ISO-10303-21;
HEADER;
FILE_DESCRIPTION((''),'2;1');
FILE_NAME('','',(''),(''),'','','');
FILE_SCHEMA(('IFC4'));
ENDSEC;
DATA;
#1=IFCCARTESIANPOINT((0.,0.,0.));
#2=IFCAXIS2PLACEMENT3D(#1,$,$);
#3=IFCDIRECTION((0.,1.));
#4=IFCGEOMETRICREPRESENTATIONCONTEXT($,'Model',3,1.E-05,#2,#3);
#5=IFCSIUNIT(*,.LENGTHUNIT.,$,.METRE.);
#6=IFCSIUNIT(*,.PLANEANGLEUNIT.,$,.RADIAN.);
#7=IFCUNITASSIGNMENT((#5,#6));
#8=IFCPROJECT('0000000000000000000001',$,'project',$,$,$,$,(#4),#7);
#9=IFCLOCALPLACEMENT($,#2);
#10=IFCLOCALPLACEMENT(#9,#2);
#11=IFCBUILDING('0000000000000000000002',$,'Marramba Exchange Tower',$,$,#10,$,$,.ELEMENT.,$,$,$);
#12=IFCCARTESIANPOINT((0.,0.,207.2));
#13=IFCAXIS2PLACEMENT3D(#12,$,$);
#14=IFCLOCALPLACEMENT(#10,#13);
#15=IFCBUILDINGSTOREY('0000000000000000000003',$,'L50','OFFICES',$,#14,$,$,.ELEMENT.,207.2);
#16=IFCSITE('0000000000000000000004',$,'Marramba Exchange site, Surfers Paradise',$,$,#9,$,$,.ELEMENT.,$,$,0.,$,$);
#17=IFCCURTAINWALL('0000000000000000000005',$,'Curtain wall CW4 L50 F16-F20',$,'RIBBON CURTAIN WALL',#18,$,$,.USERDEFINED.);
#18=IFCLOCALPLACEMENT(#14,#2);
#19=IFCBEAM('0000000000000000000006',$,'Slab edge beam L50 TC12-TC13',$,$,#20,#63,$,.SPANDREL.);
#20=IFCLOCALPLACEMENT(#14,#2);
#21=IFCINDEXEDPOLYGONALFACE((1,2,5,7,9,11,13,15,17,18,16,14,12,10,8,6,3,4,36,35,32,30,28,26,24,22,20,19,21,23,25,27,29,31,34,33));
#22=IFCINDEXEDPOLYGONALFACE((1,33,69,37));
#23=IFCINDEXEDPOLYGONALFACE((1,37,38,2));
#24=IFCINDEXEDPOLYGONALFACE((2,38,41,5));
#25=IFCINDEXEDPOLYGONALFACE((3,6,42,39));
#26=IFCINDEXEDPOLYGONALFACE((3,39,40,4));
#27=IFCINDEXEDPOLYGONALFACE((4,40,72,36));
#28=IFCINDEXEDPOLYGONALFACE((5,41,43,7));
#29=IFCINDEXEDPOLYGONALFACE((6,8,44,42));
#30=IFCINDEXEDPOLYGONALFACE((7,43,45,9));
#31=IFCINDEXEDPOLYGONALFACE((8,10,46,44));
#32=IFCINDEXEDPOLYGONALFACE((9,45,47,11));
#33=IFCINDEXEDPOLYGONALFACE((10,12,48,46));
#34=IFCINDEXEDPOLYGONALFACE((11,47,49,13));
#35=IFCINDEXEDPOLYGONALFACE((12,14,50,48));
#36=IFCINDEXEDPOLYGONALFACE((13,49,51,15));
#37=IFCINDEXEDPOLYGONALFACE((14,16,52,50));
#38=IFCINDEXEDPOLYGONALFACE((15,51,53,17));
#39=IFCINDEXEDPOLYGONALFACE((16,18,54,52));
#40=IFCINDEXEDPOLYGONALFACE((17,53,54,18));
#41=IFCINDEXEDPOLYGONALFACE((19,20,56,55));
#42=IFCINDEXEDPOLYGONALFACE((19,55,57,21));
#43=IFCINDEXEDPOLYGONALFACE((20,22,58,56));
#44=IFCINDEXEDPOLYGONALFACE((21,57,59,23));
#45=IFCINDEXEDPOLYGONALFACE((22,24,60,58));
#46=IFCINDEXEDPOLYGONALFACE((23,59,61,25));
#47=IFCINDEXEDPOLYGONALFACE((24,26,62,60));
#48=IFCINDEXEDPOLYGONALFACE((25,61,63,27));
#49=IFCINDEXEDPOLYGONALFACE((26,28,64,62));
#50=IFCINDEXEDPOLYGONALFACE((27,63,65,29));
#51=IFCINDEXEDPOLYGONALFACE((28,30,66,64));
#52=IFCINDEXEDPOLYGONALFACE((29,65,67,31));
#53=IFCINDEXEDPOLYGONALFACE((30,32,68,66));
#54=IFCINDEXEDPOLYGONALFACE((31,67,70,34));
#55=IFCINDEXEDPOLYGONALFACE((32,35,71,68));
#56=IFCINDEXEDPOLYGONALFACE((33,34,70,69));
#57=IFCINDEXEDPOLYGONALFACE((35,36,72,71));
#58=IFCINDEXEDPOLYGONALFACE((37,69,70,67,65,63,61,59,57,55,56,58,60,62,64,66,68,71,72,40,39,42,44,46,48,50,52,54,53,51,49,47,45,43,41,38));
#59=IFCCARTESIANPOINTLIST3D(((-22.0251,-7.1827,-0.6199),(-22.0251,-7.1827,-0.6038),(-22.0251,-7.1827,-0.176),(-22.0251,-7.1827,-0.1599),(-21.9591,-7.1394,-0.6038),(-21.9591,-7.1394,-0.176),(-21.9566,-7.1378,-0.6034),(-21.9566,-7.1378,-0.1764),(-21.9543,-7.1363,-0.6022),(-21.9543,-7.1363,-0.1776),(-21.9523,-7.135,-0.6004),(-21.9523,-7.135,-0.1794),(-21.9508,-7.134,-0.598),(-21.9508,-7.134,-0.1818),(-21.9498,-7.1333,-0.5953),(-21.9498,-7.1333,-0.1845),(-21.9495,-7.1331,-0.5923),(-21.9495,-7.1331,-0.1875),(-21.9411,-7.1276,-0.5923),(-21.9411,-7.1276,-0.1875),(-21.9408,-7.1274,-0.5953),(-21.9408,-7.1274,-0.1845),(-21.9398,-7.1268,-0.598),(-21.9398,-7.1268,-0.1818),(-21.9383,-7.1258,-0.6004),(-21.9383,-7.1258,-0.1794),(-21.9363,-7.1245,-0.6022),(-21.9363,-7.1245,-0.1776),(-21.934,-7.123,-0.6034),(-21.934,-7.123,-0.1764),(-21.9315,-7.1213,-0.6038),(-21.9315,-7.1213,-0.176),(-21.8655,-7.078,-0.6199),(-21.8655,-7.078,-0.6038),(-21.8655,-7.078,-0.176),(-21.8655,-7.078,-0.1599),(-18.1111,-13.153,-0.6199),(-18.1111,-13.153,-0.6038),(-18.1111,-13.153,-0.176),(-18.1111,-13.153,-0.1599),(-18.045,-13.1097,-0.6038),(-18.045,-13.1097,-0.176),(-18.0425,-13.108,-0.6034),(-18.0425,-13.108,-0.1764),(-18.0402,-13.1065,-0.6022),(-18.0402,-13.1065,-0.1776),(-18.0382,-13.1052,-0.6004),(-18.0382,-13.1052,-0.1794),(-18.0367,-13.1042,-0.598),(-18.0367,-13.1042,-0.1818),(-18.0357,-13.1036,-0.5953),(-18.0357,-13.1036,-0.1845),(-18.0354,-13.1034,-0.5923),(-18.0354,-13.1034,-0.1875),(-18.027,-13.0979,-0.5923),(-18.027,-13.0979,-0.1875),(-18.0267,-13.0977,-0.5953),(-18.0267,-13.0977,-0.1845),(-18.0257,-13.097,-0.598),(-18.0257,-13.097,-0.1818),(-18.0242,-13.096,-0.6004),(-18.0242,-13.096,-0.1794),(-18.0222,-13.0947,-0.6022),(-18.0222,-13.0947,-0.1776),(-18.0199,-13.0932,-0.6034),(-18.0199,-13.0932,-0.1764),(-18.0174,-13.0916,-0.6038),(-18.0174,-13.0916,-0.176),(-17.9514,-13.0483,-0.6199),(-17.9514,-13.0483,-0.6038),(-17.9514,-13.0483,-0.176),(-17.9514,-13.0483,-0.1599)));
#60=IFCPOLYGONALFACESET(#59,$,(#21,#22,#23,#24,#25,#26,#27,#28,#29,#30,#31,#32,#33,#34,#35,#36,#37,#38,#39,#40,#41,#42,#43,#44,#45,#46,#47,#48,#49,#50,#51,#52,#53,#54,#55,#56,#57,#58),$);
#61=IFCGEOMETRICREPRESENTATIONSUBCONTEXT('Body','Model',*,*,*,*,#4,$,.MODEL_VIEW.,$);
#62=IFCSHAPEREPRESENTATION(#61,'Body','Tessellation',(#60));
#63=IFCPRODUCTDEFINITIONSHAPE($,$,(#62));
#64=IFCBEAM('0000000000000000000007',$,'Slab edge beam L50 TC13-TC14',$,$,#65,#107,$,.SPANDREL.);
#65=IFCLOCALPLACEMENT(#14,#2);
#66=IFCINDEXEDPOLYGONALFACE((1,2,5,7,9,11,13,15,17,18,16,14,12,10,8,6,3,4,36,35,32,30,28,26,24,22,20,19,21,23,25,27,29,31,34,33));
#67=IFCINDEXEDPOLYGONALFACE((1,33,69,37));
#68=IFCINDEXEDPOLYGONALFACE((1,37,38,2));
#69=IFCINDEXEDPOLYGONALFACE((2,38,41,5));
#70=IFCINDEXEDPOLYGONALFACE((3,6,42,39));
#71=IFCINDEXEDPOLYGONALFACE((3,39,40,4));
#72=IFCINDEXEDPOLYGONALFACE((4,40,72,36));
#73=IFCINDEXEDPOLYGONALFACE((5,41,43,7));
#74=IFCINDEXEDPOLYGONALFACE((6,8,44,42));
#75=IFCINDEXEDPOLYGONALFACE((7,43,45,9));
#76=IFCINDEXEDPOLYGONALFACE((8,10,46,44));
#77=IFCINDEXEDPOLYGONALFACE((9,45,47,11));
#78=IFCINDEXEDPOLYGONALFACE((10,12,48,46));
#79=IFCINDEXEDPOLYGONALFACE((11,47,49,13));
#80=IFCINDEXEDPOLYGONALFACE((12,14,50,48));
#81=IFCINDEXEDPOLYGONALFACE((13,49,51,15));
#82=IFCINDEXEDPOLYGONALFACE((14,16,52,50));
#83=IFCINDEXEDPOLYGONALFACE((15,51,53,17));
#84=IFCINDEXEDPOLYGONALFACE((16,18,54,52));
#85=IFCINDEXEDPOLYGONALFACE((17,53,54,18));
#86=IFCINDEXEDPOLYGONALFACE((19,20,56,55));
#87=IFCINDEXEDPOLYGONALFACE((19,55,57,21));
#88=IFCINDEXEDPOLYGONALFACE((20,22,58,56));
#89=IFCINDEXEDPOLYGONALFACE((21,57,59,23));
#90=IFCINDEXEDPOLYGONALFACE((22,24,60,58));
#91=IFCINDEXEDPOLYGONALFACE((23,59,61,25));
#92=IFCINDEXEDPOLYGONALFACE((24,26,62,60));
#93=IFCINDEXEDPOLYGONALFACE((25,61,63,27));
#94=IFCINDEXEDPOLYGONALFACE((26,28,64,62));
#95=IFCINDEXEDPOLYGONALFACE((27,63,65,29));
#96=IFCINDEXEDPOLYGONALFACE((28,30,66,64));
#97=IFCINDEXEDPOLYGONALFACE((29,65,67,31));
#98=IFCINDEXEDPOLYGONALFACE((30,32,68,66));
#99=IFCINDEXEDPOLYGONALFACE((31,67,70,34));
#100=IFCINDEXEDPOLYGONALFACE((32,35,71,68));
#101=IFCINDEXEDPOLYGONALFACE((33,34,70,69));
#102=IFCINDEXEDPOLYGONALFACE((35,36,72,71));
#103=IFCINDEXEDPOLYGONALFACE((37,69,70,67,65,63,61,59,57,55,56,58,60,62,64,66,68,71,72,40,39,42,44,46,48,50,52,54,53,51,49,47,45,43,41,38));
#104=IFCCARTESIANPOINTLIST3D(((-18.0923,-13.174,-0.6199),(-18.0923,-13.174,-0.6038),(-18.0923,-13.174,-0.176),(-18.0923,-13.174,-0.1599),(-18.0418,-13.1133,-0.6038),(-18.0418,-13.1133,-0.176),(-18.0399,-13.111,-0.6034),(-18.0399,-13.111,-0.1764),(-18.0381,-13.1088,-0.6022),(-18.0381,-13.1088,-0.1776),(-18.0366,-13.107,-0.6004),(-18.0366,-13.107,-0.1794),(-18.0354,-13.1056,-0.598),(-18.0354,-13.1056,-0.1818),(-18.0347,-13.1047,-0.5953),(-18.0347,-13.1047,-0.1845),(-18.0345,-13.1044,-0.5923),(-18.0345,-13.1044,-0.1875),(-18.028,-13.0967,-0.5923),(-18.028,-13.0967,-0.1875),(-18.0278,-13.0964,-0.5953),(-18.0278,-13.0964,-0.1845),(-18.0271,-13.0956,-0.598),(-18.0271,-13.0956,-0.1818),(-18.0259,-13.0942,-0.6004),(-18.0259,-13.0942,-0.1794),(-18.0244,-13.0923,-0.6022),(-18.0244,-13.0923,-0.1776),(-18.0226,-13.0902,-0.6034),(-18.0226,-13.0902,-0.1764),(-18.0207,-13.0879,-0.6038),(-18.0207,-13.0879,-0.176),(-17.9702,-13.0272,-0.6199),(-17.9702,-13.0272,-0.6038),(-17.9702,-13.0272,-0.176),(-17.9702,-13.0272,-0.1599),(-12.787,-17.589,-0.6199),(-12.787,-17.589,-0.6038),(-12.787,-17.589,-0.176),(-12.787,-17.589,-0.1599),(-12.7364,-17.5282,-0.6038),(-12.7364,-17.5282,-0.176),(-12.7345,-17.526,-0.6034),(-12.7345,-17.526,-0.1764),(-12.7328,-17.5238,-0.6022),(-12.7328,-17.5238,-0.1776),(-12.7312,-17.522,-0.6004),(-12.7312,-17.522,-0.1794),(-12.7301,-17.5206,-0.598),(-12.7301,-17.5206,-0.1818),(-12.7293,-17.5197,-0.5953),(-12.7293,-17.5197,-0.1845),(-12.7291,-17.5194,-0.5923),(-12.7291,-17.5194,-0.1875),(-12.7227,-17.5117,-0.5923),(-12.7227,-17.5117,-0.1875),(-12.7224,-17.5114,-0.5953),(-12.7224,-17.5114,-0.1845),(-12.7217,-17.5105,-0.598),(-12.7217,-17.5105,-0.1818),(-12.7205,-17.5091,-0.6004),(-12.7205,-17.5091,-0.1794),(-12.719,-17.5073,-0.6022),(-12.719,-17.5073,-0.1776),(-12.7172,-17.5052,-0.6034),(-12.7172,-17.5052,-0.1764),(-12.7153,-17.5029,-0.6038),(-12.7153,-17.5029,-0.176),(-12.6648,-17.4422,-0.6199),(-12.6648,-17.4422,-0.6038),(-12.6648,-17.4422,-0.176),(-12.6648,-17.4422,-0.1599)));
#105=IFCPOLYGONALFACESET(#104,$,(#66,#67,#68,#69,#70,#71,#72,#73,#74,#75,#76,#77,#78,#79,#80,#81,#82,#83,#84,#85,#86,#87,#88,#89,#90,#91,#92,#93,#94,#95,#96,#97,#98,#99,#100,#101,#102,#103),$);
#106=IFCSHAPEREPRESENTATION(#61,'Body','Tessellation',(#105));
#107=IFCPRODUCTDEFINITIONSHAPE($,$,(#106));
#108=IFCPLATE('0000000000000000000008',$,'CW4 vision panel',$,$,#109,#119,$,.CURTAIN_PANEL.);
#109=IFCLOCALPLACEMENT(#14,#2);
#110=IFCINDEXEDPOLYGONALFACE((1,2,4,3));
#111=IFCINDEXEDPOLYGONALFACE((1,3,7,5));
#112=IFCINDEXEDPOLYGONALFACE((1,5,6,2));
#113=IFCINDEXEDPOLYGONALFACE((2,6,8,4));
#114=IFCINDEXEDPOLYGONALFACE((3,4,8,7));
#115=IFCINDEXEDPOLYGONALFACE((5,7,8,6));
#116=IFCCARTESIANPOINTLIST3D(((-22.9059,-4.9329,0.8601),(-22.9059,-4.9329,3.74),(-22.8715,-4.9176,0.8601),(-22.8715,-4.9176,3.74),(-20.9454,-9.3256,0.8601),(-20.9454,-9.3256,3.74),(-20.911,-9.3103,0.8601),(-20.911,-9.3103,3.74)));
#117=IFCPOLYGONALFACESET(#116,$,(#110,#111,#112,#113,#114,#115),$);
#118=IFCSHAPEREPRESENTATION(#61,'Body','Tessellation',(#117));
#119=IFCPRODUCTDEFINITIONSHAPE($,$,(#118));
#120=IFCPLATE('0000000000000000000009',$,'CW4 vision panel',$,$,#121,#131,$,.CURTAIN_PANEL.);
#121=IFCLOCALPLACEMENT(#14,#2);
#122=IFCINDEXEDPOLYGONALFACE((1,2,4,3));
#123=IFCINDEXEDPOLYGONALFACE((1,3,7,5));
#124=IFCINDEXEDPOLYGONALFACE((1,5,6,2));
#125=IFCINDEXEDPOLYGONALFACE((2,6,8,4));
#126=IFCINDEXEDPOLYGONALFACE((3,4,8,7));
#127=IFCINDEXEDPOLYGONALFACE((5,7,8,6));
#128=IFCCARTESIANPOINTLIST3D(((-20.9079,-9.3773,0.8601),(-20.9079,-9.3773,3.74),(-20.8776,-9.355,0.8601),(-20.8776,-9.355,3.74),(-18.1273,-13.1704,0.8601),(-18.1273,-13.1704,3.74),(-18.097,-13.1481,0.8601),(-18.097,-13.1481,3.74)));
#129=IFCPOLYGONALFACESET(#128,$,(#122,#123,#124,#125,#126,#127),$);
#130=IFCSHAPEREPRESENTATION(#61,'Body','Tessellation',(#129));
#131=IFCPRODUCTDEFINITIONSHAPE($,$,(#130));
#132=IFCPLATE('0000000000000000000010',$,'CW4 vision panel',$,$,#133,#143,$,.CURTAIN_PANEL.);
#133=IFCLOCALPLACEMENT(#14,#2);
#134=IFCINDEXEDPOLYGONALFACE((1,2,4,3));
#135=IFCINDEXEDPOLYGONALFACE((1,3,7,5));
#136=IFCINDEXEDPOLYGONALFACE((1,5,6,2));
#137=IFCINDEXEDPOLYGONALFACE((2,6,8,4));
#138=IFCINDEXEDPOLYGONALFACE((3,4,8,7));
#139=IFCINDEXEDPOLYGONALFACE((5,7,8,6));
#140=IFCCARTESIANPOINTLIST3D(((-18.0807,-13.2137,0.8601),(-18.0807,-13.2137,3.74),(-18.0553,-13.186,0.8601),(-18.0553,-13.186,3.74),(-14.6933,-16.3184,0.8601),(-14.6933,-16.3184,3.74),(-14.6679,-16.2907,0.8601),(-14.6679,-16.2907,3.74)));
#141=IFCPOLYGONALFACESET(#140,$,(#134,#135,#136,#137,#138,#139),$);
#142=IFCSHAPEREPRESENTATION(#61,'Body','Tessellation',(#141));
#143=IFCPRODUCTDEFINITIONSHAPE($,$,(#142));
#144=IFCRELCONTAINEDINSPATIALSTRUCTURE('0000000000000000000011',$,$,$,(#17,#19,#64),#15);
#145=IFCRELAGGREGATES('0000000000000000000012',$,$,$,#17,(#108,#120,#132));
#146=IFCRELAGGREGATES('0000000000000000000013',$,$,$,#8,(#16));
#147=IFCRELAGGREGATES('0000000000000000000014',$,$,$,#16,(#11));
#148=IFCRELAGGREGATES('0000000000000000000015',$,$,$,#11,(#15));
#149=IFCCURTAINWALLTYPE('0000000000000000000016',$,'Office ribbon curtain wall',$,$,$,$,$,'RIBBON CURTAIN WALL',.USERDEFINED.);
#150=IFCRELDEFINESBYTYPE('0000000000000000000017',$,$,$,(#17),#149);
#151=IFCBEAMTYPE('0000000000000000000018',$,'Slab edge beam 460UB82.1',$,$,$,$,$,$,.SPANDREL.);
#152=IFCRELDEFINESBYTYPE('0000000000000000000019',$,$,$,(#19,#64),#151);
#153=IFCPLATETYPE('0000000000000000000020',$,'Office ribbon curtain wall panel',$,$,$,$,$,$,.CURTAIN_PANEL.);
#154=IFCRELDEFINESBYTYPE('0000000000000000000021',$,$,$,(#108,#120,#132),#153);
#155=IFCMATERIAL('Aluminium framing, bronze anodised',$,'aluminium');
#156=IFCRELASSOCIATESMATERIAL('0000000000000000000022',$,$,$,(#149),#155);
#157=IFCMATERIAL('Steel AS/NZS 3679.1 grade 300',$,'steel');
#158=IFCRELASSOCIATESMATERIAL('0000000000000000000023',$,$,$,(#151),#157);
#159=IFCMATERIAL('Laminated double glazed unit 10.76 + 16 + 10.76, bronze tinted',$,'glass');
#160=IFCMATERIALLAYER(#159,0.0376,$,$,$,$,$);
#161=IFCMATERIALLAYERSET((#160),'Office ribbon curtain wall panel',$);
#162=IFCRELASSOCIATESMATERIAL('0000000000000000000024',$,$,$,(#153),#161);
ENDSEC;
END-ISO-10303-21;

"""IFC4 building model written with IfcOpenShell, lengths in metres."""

from ifc_helpers import new_model, si_unit, direction, frame, origin, origin_2d, place, context, subcontext, project, spatial, rectangle, i_section, extrude, material, layer, layer_set, material_profile, profile_set, type_object, element, aggregate, save


model = new_model("IFC4")

# Units and contexts
model_context = context("Model", 3, precision=1e-05, world=origin(), true_north=direction((0.0, 1.0)))
body_context = subcontext(model_context, "Body", "Model", "MODEL_VIEW")
ifc_project = project(units=[si_unit("LENGTHUNIT", "METRE"), si_unit("PLANEANGLEUNIT", "RADIAN")], contexts=[model_context])

# Site, building, storey
site_placement = place(None, origin())
site = spatial("IfcSite", under=ifc_project, at=site_placement, Name="Marramba Exchange site, Surfers Paradise", CompositionType="ELEMENT", RefElevation=0.0)
building_placement = place(site_placement, origin())
building = spatial("IfcBuilding", under=site, at=building_placement, Name="Marramba Exchange Tower", CompositionType="ELEMENT")
storey_placement = place(building_placement, frame((0.0, 0.0, 207.2)))
storey = spatial("IfcBuildingStorey", under=building, at=storey_placement, Name="L50", Description="OFFICES", CompositionType="ELEMENT", Elevation=207.2)

# Curtain wall
ifc_material_1 = material(Name="Aluminium framing, bronze anodised", Category="aluminium")
curtain_wall_type = type_object("IfcCurtainWallType", Name="Office ribbon curtain wall", ElementType="RIBBON CURTAIN WALL", PredefinedType="USERDEFINED", material=ifc_material_1)
curtain_wall_placement = place(storey_placement, origin())
curtain_wall = element("IfcCurtainWall", 1, at=curtain_wall_placement, inside=storey, type_object=curtain_wall_type, Name="Curtain wall CW4 L50 F16-F20", ObjectType="RIBBON CURTAIN WALL", PredefinedType="USERDEFINED")

# Beams
ifc_material_2 = material(Name="Steel AS/NZS 3679.1 grade 300", Category="steel")
ifc_material_profile_1 = material_profile(ifc_material_2, i_section(OverallWidth=0.1909, OverallDepth=0.46, WebThickness=0.01, FlangeThickness=0.0161, FilletRadius=0.0115, at=origin_2d()), Name="460UB82.1")
ifc_profile_set_1 = profile_set([ifc_material_profile_1], Name="Steel AS/NZS 3679.1 grade 300")
beam_type_1 = type_object("IfcBeamType", Name="Slab edge beam 460UB82.1", PredefinedType="SPANDREL", material=ifc_profile_set_1)
beam_1_placement = place(storey_placement, frame((-21.9453, -7.1304, -0.3899), z_axis=(0.548275, -0.836298, 0.0), x_axis=(0.836298, 0.548275, 0.0)))
element("IfcBeam", 2, at=beam_1_placement, inside=storey, type_object=beam_type_1, Name="Slab edge beam L50 TC12-TC13", PredefinedType="SPANDREL", context=body_context, shape_type="SweptSolid", body=[
    extrude(i_section(OverallWidth=0.1909, OverallDepth=0.46, WebThickness=0.01, FlangeThickness=0.0161, FilletRadius=0.0115, at=origin_2d()), origin(), (0.0, 0.0, 1.0), 7.1389),
])
beam_2_placement = place(storey_placement, frame((-18.0312, -13.1006, -0.3899), z_axis=(0.768659, -0.639659, 0.0), x_axis=(0.639659, 0.768659, 0.0)))
element("IfcBeam", 3, at=beam_2_placement, inside=storey, type_object=beam_type_1, Name="Slab edge beam L50 TC13-TC14", PredefinedType="SPANDREL", context=body_context, shape_type="SweptSolid", body=[
    extrude(i_section(OverallWidth=0.1909, OverallDepth=0.46, WebThickness=0.01, FlangeThickness=0.0161, FilletRadius=0.0115, at=origin_2d()), origin(), (0.0, 0.0, 1.0), 6.9021),
])

# Plates
ifc_material_3 = material(Name="Laminated double glazed unit 10.76 + 16 + 10.76, bronze tinted", Category="glass")
ifc_layer_1 = layer(ifc_material_3, 0.0376)
ifc_layer_set_1 = layer_set([ifc_layer_1], Name="Office ribbon curtain wall panel")
plate_type = type_object("IfcPlateType", Name="Office ribbon curtain wall panel", PredefinedType="CURTAIN_PANEL", material=ifc_layer_set_1)
plate_1_placement = place(storey_placement, frame((-21.9084, -7.1216, 0.8601), z_axis=(0.0, 0.0, 1.0), x_axis=(0.407558, -0.91318, 0.0)))
plate_1 = element("IfcPlate", 4, at=plate_1_placement, type_object=plate_type, Name="CW4 vision panel", PredefinedType="CURTAIN_PANEL", context=body_context, shape_type="SweptSolid", body=[
    extrude(rectangle(XDim=4.8103, YDim=0.0376, at=origin_2d()), origin(), (0.0, 0.0, 1.0), 2.8799),
])
plate_2_placement = place(storey_placement, frame((-19.5024, -11.2627, 0.8601), z_axis=(0.0, 0.0, 1.0), x_axis=(0.591223, -0.806508, 0.0)))
plate_2 = element("IfcPlate", 5, at=plate_2_placement, type_object=plate_type, Name="CW4 vision panel", PredefinedType="CURTAIN_PANEL", context=body_context, shape_type="SweptSolid", body=[
    extrude(rectangle(XDim=4.7031, YDim=0.0376, at=origin_2d()), origin(), (0.0, 0.0, 1.0), 2.8799),
])
plate_3_placement = place(storey_placement, frame((-16.3743, -14.7522, 0.8601), z_axis=(0.0, 0.0, 1.0), x_axis=(0.737203, -0.675671, 0.0)))
plate_3 = element("IfcPlate", 6, at=plate_3_placement, type_object=plate_type, Name="CW4 vision panel", PredefinedType="CURTAIN_PANEL", context=body_context, shape_type="SweptSolid", body=[
    extrude(rectangle(XDim=4.595, YDim=0.0376, at=origin_2d()), origin(), (0.0, 0.0, 1.0), 2.8799),
])
aggregate(curtain_wall, [plate_1, plate_2, plate_3])

save(model, "model.ifc")
